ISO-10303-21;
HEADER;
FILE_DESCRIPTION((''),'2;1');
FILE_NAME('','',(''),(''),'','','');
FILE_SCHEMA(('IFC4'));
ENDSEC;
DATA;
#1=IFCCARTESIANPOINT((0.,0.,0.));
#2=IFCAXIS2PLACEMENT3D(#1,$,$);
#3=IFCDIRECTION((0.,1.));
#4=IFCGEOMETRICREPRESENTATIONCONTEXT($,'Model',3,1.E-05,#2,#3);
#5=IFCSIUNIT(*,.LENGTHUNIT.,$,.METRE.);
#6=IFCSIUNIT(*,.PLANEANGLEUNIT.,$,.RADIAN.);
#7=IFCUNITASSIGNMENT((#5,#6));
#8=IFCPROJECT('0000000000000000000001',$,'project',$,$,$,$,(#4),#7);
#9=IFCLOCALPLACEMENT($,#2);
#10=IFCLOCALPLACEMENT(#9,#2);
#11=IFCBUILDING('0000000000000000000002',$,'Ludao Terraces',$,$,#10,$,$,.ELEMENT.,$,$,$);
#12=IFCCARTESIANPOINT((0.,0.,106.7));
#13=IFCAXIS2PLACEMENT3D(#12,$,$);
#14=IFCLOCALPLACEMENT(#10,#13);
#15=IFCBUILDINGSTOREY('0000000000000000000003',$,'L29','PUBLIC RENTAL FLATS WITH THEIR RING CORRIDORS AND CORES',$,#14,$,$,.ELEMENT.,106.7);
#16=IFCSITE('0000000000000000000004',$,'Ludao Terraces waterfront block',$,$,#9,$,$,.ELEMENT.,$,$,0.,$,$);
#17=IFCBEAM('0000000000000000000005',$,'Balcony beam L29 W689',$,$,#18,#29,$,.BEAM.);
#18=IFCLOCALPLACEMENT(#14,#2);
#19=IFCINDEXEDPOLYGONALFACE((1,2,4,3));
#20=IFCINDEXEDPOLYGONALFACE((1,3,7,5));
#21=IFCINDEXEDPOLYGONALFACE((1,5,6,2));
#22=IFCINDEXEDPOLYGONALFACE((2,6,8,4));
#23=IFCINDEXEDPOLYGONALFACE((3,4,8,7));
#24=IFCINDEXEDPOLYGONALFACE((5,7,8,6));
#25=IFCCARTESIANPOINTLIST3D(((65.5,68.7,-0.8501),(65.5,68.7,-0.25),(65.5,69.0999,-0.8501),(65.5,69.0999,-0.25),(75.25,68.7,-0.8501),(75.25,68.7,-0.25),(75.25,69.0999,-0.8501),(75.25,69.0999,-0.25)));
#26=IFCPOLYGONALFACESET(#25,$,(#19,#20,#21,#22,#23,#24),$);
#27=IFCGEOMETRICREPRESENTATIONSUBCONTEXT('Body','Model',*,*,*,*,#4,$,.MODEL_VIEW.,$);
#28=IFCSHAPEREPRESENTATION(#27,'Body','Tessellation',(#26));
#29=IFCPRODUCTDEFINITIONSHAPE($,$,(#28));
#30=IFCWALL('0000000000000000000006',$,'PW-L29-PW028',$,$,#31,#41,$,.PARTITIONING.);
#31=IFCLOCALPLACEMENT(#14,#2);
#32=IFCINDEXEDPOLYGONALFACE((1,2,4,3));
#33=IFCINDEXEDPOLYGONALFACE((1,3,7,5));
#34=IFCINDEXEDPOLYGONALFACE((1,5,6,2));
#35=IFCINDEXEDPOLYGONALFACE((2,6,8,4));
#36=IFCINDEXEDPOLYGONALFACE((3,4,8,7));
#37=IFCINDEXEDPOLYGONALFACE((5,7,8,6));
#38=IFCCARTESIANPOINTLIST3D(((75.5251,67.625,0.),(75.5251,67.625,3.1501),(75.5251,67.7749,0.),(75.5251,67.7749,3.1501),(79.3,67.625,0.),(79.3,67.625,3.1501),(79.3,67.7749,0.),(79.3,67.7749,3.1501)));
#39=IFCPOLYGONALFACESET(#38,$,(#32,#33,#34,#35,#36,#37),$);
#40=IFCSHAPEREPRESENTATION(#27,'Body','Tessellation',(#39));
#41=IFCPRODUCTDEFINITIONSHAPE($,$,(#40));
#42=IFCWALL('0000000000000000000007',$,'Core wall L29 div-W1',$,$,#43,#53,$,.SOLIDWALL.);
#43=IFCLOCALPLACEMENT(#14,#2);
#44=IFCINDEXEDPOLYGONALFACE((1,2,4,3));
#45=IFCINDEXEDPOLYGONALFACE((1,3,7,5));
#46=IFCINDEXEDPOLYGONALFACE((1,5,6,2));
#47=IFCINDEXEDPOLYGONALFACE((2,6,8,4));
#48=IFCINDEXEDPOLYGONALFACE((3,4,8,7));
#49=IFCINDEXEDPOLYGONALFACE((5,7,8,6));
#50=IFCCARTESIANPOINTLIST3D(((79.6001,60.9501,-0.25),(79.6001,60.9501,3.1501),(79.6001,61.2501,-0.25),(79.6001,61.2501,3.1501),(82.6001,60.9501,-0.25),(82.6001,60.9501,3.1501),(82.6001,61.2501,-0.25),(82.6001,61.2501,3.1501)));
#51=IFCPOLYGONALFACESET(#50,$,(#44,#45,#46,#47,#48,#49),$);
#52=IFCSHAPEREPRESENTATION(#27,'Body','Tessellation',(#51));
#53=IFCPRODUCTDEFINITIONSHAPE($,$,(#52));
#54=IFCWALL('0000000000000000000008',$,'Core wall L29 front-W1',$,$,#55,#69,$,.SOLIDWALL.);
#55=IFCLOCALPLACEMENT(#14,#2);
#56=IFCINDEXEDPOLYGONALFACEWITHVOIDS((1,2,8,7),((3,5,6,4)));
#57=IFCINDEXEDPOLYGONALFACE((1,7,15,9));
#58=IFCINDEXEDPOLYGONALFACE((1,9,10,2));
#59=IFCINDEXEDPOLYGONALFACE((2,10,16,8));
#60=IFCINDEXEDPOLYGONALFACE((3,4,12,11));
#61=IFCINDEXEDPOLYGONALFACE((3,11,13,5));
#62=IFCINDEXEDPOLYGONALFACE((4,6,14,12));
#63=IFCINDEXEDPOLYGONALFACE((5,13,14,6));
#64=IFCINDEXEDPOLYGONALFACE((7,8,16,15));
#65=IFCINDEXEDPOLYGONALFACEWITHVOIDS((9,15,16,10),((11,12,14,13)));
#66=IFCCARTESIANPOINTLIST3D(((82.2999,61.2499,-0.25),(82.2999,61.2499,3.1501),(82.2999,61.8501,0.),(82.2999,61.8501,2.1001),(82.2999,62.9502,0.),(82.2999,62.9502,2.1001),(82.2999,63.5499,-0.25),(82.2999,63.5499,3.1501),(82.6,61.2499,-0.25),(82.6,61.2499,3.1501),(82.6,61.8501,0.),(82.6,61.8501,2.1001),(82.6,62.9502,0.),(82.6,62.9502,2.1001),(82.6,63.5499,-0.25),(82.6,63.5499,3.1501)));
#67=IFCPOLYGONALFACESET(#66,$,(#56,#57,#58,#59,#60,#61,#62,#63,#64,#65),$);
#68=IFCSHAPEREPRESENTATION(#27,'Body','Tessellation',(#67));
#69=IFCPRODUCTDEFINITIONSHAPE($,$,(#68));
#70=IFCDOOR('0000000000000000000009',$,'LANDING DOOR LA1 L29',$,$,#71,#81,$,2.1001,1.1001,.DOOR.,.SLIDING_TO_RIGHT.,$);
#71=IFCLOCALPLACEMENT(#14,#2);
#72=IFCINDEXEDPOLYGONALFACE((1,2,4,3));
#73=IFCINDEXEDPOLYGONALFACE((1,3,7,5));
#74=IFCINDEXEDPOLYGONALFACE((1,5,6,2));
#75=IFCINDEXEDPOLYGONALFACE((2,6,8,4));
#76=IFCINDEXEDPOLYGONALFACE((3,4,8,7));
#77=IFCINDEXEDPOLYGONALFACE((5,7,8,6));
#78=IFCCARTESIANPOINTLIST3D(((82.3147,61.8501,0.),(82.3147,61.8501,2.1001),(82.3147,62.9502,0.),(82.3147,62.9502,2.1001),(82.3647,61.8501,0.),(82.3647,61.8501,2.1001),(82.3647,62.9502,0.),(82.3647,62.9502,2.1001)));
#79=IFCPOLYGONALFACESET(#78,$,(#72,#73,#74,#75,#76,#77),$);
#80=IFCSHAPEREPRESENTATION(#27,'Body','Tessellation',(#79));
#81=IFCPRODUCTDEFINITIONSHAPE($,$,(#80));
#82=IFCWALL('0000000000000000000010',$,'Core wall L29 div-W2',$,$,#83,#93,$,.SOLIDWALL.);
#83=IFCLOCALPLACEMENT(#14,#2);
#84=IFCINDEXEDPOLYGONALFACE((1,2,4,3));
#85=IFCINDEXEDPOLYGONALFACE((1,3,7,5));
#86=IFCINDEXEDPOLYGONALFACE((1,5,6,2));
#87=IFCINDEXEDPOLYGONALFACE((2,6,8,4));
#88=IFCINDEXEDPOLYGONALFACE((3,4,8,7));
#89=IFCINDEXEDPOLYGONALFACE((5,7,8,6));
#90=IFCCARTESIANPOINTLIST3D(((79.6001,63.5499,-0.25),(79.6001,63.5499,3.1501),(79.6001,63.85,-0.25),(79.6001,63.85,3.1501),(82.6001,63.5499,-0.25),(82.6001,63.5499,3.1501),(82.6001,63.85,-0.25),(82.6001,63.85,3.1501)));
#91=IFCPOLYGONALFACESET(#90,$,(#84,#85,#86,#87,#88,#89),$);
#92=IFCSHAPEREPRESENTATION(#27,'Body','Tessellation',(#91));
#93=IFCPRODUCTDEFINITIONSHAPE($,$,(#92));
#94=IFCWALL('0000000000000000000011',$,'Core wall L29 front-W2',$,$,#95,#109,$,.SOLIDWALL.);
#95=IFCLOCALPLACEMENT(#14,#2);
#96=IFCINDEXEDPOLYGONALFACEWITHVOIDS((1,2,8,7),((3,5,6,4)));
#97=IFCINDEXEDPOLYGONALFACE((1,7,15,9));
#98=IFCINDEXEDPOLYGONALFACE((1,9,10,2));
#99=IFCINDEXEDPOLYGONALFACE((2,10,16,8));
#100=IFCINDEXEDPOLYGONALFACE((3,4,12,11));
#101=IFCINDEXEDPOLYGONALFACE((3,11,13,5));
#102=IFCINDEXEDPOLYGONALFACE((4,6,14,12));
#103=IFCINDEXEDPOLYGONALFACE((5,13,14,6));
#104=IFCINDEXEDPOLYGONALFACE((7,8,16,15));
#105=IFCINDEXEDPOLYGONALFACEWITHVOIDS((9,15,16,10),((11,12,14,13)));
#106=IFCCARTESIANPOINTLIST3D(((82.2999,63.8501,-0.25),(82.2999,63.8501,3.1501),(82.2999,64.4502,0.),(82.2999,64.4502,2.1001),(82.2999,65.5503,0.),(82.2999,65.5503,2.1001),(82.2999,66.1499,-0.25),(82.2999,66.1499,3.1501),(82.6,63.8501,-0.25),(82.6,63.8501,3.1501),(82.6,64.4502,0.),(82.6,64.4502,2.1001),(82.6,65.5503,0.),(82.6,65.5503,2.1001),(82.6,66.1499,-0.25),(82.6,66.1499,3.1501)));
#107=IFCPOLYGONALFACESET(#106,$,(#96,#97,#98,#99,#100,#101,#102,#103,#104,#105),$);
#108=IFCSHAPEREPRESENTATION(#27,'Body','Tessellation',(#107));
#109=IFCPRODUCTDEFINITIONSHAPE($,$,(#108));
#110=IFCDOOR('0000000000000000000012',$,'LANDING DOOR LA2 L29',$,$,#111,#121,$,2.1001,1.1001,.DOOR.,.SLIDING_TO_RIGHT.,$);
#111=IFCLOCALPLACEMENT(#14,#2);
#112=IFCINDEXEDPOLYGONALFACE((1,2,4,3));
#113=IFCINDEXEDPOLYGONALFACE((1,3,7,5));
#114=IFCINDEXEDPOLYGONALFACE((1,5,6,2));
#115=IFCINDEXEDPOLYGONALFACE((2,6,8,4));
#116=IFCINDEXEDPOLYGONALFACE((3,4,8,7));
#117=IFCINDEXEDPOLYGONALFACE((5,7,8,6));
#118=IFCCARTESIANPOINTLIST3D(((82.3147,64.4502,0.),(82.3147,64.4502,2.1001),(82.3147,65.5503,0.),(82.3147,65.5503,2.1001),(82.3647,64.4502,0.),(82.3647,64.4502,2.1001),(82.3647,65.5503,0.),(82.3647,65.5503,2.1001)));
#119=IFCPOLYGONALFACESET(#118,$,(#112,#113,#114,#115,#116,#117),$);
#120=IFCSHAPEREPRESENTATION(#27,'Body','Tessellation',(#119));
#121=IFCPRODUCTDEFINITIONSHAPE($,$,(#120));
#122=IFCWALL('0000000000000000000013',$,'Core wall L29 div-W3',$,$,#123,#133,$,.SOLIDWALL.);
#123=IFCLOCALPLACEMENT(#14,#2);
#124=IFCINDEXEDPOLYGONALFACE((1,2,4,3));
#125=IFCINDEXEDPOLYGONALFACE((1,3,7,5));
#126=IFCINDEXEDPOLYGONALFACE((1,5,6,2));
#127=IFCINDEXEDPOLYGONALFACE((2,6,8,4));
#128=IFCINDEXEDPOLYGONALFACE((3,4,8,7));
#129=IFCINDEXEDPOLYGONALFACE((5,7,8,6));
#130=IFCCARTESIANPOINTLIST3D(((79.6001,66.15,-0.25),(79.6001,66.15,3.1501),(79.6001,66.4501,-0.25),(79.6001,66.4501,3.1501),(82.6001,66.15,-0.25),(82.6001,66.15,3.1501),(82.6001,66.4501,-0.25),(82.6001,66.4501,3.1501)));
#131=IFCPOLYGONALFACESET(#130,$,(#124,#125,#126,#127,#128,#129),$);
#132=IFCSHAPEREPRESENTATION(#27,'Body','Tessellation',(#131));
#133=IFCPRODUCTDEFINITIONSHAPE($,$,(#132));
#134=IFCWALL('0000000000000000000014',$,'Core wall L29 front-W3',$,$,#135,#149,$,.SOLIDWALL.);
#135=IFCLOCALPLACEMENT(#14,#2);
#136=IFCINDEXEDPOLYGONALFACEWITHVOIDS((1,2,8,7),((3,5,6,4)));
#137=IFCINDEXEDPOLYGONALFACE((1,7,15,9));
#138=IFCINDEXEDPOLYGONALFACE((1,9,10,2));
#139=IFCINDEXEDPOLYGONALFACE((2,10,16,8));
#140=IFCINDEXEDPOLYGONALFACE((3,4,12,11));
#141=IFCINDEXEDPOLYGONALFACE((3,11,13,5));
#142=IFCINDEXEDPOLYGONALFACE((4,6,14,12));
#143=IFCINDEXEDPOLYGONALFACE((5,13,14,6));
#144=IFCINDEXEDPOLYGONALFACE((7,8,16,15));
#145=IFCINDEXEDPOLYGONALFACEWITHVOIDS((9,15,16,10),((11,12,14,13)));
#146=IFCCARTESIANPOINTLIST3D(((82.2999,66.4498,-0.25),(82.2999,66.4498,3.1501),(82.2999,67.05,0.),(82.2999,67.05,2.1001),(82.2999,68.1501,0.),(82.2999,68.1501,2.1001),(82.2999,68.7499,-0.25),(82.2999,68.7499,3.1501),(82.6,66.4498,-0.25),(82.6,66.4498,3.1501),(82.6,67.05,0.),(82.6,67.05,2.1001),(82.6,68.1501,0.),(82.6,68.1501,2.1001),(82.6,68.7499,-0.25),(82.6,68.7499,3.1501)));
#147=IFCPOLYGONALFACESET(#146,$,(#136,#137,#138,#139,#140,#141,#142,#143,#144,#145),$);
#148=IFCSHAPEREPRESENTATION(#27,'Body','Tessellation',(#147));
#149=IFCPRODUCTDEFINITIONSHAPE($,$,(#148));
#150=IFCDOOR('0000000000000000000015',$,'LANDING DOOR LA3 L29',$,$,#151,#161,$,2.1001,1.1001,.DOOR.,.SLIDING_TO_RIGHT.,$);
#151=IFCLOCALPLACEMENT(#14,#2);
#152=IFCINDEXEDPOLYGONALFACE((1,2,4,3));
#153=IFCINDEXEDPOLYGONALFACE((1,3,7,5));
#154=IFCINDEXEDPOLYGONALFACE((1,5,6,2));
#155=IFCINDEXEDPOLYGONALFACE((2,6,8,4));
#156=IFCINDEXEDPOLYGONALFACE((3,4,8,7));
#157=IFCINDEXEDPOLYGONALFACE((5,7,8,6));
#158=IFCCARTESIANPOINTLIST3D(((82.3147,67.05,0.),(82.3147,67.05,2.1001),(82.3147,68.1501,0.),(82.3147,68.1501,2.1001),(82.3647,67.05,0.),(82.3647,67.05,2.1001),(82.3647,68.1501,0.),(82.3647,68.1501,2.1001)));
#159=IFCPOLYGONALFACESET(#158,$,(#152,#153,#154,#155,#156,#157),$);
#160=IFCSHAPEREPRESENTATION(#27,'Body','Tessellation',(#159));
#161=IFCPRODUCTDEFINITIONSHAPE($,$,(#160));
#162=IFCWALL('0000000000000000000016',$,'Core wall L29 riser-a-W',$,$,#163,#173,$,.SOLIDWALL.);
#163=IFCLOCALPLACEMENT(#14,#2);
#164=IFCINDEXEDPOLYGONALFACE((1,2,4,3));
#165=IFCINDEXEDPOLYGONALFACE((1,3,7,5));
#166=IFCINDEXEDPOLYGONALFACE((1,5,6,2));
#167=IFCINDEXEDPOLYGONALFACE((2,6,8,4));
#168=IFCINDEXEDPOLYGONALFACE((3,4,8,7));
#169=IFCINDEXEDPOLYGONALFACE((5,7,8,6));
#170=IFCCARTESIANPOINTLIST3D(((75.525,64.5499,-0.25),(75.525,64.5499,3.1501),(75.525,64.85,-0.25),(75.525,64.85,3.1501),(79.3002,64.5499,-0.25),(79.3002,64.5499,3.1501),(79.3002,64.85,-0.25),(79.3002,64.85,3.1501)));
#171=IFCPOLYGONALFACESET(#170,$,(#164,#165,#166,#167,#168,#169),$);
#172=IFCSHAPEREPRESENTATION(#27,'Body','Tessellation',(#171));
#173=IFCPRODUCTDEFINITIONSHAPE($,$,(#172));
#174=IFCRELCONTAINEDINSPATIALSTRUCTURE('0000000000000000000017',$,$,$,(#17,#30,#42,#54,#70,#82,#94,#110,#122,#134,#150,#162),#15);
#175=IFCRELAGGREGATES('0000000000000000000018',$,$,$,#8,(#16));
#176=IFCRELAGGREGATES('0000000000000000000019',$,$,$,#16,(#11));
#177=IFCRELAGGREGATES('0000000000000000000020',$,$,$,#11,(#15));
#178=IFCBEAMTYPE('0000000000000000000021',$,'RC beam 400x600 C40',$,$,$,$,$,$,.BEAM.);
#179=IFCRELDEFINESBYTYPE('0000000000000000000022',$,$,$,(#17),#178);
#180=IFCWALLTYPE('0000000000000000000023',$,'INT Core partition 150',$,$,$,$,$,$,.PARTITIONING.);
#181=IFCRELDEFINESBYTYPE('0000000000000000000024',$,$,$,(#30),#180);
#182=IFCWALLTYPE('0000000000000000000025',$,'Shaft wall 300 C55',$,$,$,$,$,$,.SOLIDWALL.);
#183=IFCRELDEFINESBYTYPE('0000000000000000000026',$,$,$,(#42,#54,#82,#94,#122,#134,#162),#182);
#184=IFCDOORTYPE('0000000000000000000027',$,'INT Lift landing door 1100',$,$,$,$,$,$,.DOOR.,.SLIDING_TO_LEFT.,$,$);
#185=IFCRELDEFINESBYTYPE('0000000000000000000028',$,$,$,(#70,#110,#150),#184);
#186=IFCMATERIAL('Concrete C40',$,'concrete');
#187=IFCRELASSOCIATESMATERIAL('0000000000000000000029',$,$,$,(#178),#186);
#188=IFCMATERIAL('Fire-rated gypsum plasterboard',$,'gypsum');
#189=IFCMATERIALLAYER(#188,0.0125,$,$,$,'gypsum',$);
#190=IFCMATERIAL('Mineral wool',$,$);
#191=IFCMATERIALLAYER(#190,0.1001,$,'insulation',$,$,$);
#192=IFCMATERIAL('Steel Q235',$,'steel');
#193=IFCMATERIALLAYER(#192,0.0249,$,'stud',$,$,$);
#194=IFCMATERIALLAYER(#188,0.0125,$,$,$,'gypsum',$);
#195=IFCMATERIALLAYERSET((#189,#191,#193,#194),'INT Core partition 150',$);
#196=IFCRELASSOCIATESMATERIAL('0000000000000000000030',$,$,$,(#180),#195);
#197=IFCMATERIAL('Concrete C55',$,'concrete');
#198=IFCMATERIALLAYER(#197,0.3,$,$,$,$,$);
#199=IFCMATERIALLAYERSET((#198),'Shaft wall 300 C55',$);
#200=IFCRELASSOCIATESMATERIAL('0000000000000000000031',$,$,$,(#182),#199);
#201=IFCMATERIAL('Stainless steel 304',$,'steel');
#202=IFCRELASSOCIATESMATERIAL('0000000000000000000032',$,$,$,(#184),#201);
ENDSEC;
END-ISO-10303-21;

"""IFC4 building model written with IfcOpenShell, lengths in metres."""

from ifc_helpers import new_model, si_unit, direction, frame, frame_2d, origin, origin_2d, place, context, subcontext, project, spatial, rectangle, extrude, material, layer, layer_set, material_profile, profile_set, type_object, element, fill, save


model = new_model("IFC4")

# Units and contexts
model_context = context("Model", 3, precision=1e-05, world=origin(), true_north=direction((0.0, 1.0)))
body_context = subcontext(model_context, "Body", "Model", "MODEL_VIEW")
ifc_project = project(units=[si_unit("LENGTHUNIT", "METRE"), si_unit("PLANEANGLEUNIT", "RADIAN")], contexts=[model_context])

# Site, building, storey
site_placement = place(None, origin())
site = spatial("IfcSite", under=ifc_project, at=site_placement, Name="Ludao Terraces waterfront block", CompositionType="ELEMENT", RefElevation=0.0)
building_placement = place(site_placement, origin())
building = spatial("IfcBuilding", under=site, at=building_placement, Name="Ludao Terraces", CompositionType="ELEMENT")
storey_placement = place(building_placement, frame((0.0, 0.0, 106.7)))
storey = spatial("IfcBuildingStorey", under=building, at=storey_placement, Name="L29", Description="PUBLIC RENTAL FLATS WITH THEIR RING CORRIDORS AND CORES", CompositionType="ELEMENT", Elevation=106.7)

# Beam
ifc_material_1 = material(Name="Concrete C40", Category="concrete")
ifc_material_profile = material_profile(ifc_material_1, rectangle(XDim=0.3999, YDim=0.6001, at=origin_2d()), Name="400 X 600")
ifc_profile_set = profile_set([ifc_material_profile], Name="Concrete C40")
beam_type = type_object("IfcBeamType", Name="RC beam 400x600 C40", PredefinedType="BEAM", material=ifc_profile_set)
beam_placement = place(storey_placement, frame((75.25, 68.8999, -0.55), z_axis=(-1.0, 0.0, 0.0), x_axis=(0.0, -1.0, 0.0)))
element("IfcBeam", 1, at=beam_placement, inside=storey, type_object=beam_type, Name="Balcony beam L29 W689", PredefinedType="BEAM", context=body_context, shape_type="SweptSolid", body=[
    extrude(rectangle(XDim=0.3999, YDim=0.6001, at=origin_2d()), origin(), (0.0, 0.0, 1.0), 9.75),
])

# Walls
ifc_material_2 = material(Name="Fire-rated gypsum plasterboard", Category="gypsum")
ifc_layer_1 = layer(ifc_material_2, 0.0125, Category="gypsum")
ifc_material_3 = material(Name="Mineral wool")
ifc_layer_2 = layer(ifc_material_3, 0.1001, Name="insulation")
ifc_material_4 = material(Name="Steel Q235", Category="steel")
ifc_layer_3 = layer(ifc_material_4, 0.0249, Name="stud")
ifc_layer_4 = layer(ifc_material_2, 0.0125, Category="gypsum")
ifc_layer_set_1 = layer_set([ifc_layer_1, ifc_layer_2, ifc_layer_3, ifc_layer_4], Name="INT Core partition 150")
wall_type_1 = type_object("IfcWallType", Name="INT Core partition 150", PredefinedType="PARTITIONING", material=ifc_layer_set_1)
wall_1_placement = place(storey_placement, frame((75.5251, 67.7, 0.0), z_axis=(0.0, 0.0, 1.0), x_axis=(1.0, 0.0, 0.0)))
element("IfcWall", 2, at=wall_1_placement, inside=storey, type_object=wall_type_1, Name="PW-L29-PW028", PredefinedType="PARTITIONING", context=body_context, shape_type="SweptSolid", body=[
    extrude(rectangle(XDim=3.7749, YDim=0.1499, at=frame_2d((1.8875, 0.0))), origin(), (0.0, 0.0, 1.0), 3.1501),
])
ifc_material_5 = material(Name="Concrete C55", Category="concrete")
ifc_layer_5 = layer(ifc_material_5, 0.3)
ifc_layer_set_2 = layer_set([ifc_layer_5], Name="Shaft wall 300 C55")
wall_type_2 = type_object("IfcWallType", Name="Shaft wall 300 C55", PredefinedType="SOLIDWALL", material=ifc_layer_set_2)
wall_2_placement = place(storey_placement, frame((79.6001, 61.1001, -0.25), z_axis=(0.0, 0.0, 1.0), x_axis=(1.0, 0.0, 0.0)))
element("IfcWall", 3, at=wall_2_placement, inside=storey, type_object=wall_type_2, Name="Core wall L29 div-W1", PredefinedType="SOLIDWALL", context=body_context, shape_type="SweptSolid", body=[
    extrude(rectangle(XDim=3.0, YDim=0.3, at=frame_2d((1.5, 0.0))), origin(), (0.0, 0.0, 1.0), 3.4001),
])

# Wall, opening, door
wall_3_placement = place(storey_placement, frame((82.45, 61.25, -0.25), z_axis=(0.0, 0.0, 1.0), x_axis=(0.0, 1.0, 0.0)))
wall_3 = element("IfcWall", 4, at=wall_3_placement, inside=storey, type_object=wall_type_2, Name="Core wall L29 front-W1", PredefinedType="SOLIDWALL", context=body_context, shape_type="SweptSolid", body=[
    extrude(rectangle(XDim=2.3, YDim=0.3, at=frame_2d((1.1499, 0.0))), origin(), (0.0, 0.0, 1.0), 3.4001),
])
opening_1_placement = place(wall_3_placement, frame((0.6001, 0.0, 0.25)))
opening_1 = element("IfcOpeningElement", 5, at=opening_1_placement, cuts=wall_3, PredefinedType="OPENING", context=body_context, shape_type="SweptSolid", body=[
    extrude(rectangle(XDim=1.1001, YDim=2.1001, at=frame_2d((0.55, 1.05))), frame((0.0, 0.1602, 0.0), z_axis=(0.0, -1.0, 0.0), x_axis=(1.0, 0.0, 0.0)), (0.0, 0.0, 1.0), 0.3201),
])
ifc_material_6 = material(Name="Stainless steel 304", Category="steel")
door_type = type_object("IfcDoorType", Name="INT Lift landing door 1100", OperationType="SLIDING_TO_LEFT", PredefinedType="DOOR", material=ifc_material_6)
door_1_placement = place(opening_1_placement, origin())
door_1 = element("IfcDoor", 6, at=door_1_placement, inside=storey, type_object=door_type, Name="LANDING DOOR LA1 L29", OperationType="SLIDING_TO_RIGHT", OverallHeight=2.1001, OverallWidth=1.1001, PredefinedType="DOOR", context=body_context, shape_type="SweptSolid", body=[
    extrude(rectangle(XDim=1.1001, YDim=2.1001, at=frame_2d((0.55, 1.05))), frame((0.0, 0.1353, 0.0), z_axis=(0.0, -1.0, 0.0), x_axis=(1.0, 0.0, 0.0)), (0.0, 0.0, 1.0), 0.05),
])
fill(opening_1, door_1)

# Wall
wall_4_placement = place(storey_placement, frame((79.6001, 63.7, -0.25), z_axis=(0.0, 0.0, 1.0), x_axis=(1.0, 0.0, 0.0)))
element("IfcWall", 7, at=wall_4_placement, inside=storey, type_object=wall_type_2, Name="Core wall L29 div-W2", PredefinedType="SOLIDWALL", context=body_context, shape_type="SweptSolid", body=[
    extrude(rectangle(XDim=3.0, YDim=0.3, at=frame_2d((1.5, 0.0))), origin(), (0.0, 0.0, 1.0), 3.4001),
])

# Wall, opening, door
wall_5_placement = place(storey_placement, frame((82.45, 63.8501, -0.25), z_axis=(0.0, 0.0, 1.0), x_axis=(0.0, 1.0, 0.0)))
wall_5 = element("IfcWall", 8, at=wall_5_placement, inside=storey, type_object=wall_type_2, Name="Core wall L29 front-W2", PredefinedType="SOLIDWALL", context=body_context, shape_type="SweptSolid", body=[
    extrude(rectangle(XDim=2.2998, YDim=0.3, at=frame_2d((1.1499, 0.0))), origin(), (0.0, 0.0, 1.0), 3.4001),
])
opening_2_placement = place(wall_5_placement, frame((0.6001, 0.0, 0.25)))
opening_2 = element("IfcOpeningElement", 9, at=opening_2_placement, cuts=wall_5, PredefinedType="OPENING", context=body_context, shape_type="SweptSolid", body=[
    extrude(rectangle(XDim=1.1001, YDim=2.1001, at=frame_2d((0.55, 1.05))), frame((0.0, 0.1602, 0.0), z_axis=(0.0, -1.0, 0.0), x_axis=(1.0, 0.0, 0.0)), (0.0, 0.0, 1.0), 0.3201),
])
door_2_placement = place(opening_2_placement, origin())
door_2 = element("IfcDoor", 10, at=door_2_placement, inside=storey, type_object=door_type, Name="LANDING DOOR LA2 L29", OperationType="SLIDING_TO_RIGHT", OverallHeight=2.1001, OverallWidth=1.1001, PredefinedType="DOOR", context=body_context, shape_type="SweptSolid", body=[
    extrude(rectangle(XDim=1.1001, YDim=2.1001, at=frame_2d((0.55, 1.05))), frame((0.0, 0.1353, 0.0), z_axis=(0.0, -1.0, 0.0), x_axis=(1.0, 0.0, 0.0)), (0.0, 0.0, 1.0), 0.05),
])
fill(opening_2, door_2)

# Wall
wall_6_placement = place(storey_placement, frame((79.6001, 66.3, -0.25), z_axis=(0.0, 0.0, 1.0), x_axis=(1.0, 0.0, 0.0)))
element("IfcWall", 11, at=wall_6_placement, inside=storey, type_object=wall_type_2, Name="Core wall L29 div-W3", PredefinedType="SOLIDWALL", context=body_context, shape_type="SweptSolid", body=[
    extrude(rectangle(XDim=3.0, YDim=0.3, at=frame_2d((1.5, 0.0))), origin(), (0.0, 0.0, 1.0), 3.4001),
])

# Wall, opening, door
wall_7_placement = place(storey_placement, frame((82.45, 66.45, -0.25), z_axis=(0.0, 0.0, 1.0), x_axis=(0.0, 1.0, 0.0)))
wall_7 = element("IfcWall", 12, at=wall_7_placement, inside=storey, type_object=wall_type_2, Name="Core wall L29 front-W3", PredefinedType="SOLIDWALL", context=body_context, shape_type="SweptSolid", body=[
    extrude(rectangle(XDim=2.3, YDim=0.3, at=frame_2d((1.1499, 0.0))), origin(), (0.0, 0.0, 1.0), 3.4001),
])
opening_3_placement = place(wall_7_placement, frame((0.6001, 0.0, 0.25)))
opening_3 = element("IfcOpeningElement", 13, at=opening_3_placement, cuts=wall_7, PredefinedType="OPENING", context=body_context, shape_type="SweptSolid", body=[
    extrude(rectangle(XDim=1.1001, YDim=2.1001, at=frame_2d((0.55, 1.05))), frame((0.0, 0.1602, 0.0), z_axis=(0.0, -1.0, 0.0), x_axis=(1.0, 0.0, 0.0)), (0.0, 0.0, 1.0), 0.3201),
])
door_3_placement = place(opening_3_placement, origin())
door_3 = element("IfcDoor", 14, at=door_3_placement, inside=storey, type_object=door_type, Name="LANDING DOOR LA3 L29", OperationType="SLIDING_TO_RIGHT", OverallHeight=2.1001, OverallWidth=1.1001, PredefinedType="DOOR", context=body_context, shape_type="SweptSolid", body=[
    extrude(rectangle(XDim=1.1001, YDim=2.1001, at=frame_2d((0.55, 1.05))), frame((0.0, 0.1353, 0.0), z_axis=(0.0, -1.0, 0.0), x_axis=(1.0, 0.0, 0.0)), (0.0, 0.0, 1.0), 0.05),
])
fill(opening_3, door_3)

# Wall
wall_8_placement = place(storey_placement, frame((75.5249, 64.7, -0.25), z_axis=(0.0, 0.0, 1.0), x_axis=(1.0, 0.0, 0.0)))
element("IfcWall", 15, at=wall_8_placement, inside=storey, type_object=wall_type_2, Name="Core wall L29 riser-a-W", PredefinedType="SOLIDWALL", context=body_context, shape_type="SweptSolid", body=[
    extrude(rectangle(XDim=3.7751, YDim=0.3, at=frame_2d((1.8877, 0.0))), origin(), (0.0, 0.0, 1.0), 3.4001),
])

save(model, "model.ifc")
